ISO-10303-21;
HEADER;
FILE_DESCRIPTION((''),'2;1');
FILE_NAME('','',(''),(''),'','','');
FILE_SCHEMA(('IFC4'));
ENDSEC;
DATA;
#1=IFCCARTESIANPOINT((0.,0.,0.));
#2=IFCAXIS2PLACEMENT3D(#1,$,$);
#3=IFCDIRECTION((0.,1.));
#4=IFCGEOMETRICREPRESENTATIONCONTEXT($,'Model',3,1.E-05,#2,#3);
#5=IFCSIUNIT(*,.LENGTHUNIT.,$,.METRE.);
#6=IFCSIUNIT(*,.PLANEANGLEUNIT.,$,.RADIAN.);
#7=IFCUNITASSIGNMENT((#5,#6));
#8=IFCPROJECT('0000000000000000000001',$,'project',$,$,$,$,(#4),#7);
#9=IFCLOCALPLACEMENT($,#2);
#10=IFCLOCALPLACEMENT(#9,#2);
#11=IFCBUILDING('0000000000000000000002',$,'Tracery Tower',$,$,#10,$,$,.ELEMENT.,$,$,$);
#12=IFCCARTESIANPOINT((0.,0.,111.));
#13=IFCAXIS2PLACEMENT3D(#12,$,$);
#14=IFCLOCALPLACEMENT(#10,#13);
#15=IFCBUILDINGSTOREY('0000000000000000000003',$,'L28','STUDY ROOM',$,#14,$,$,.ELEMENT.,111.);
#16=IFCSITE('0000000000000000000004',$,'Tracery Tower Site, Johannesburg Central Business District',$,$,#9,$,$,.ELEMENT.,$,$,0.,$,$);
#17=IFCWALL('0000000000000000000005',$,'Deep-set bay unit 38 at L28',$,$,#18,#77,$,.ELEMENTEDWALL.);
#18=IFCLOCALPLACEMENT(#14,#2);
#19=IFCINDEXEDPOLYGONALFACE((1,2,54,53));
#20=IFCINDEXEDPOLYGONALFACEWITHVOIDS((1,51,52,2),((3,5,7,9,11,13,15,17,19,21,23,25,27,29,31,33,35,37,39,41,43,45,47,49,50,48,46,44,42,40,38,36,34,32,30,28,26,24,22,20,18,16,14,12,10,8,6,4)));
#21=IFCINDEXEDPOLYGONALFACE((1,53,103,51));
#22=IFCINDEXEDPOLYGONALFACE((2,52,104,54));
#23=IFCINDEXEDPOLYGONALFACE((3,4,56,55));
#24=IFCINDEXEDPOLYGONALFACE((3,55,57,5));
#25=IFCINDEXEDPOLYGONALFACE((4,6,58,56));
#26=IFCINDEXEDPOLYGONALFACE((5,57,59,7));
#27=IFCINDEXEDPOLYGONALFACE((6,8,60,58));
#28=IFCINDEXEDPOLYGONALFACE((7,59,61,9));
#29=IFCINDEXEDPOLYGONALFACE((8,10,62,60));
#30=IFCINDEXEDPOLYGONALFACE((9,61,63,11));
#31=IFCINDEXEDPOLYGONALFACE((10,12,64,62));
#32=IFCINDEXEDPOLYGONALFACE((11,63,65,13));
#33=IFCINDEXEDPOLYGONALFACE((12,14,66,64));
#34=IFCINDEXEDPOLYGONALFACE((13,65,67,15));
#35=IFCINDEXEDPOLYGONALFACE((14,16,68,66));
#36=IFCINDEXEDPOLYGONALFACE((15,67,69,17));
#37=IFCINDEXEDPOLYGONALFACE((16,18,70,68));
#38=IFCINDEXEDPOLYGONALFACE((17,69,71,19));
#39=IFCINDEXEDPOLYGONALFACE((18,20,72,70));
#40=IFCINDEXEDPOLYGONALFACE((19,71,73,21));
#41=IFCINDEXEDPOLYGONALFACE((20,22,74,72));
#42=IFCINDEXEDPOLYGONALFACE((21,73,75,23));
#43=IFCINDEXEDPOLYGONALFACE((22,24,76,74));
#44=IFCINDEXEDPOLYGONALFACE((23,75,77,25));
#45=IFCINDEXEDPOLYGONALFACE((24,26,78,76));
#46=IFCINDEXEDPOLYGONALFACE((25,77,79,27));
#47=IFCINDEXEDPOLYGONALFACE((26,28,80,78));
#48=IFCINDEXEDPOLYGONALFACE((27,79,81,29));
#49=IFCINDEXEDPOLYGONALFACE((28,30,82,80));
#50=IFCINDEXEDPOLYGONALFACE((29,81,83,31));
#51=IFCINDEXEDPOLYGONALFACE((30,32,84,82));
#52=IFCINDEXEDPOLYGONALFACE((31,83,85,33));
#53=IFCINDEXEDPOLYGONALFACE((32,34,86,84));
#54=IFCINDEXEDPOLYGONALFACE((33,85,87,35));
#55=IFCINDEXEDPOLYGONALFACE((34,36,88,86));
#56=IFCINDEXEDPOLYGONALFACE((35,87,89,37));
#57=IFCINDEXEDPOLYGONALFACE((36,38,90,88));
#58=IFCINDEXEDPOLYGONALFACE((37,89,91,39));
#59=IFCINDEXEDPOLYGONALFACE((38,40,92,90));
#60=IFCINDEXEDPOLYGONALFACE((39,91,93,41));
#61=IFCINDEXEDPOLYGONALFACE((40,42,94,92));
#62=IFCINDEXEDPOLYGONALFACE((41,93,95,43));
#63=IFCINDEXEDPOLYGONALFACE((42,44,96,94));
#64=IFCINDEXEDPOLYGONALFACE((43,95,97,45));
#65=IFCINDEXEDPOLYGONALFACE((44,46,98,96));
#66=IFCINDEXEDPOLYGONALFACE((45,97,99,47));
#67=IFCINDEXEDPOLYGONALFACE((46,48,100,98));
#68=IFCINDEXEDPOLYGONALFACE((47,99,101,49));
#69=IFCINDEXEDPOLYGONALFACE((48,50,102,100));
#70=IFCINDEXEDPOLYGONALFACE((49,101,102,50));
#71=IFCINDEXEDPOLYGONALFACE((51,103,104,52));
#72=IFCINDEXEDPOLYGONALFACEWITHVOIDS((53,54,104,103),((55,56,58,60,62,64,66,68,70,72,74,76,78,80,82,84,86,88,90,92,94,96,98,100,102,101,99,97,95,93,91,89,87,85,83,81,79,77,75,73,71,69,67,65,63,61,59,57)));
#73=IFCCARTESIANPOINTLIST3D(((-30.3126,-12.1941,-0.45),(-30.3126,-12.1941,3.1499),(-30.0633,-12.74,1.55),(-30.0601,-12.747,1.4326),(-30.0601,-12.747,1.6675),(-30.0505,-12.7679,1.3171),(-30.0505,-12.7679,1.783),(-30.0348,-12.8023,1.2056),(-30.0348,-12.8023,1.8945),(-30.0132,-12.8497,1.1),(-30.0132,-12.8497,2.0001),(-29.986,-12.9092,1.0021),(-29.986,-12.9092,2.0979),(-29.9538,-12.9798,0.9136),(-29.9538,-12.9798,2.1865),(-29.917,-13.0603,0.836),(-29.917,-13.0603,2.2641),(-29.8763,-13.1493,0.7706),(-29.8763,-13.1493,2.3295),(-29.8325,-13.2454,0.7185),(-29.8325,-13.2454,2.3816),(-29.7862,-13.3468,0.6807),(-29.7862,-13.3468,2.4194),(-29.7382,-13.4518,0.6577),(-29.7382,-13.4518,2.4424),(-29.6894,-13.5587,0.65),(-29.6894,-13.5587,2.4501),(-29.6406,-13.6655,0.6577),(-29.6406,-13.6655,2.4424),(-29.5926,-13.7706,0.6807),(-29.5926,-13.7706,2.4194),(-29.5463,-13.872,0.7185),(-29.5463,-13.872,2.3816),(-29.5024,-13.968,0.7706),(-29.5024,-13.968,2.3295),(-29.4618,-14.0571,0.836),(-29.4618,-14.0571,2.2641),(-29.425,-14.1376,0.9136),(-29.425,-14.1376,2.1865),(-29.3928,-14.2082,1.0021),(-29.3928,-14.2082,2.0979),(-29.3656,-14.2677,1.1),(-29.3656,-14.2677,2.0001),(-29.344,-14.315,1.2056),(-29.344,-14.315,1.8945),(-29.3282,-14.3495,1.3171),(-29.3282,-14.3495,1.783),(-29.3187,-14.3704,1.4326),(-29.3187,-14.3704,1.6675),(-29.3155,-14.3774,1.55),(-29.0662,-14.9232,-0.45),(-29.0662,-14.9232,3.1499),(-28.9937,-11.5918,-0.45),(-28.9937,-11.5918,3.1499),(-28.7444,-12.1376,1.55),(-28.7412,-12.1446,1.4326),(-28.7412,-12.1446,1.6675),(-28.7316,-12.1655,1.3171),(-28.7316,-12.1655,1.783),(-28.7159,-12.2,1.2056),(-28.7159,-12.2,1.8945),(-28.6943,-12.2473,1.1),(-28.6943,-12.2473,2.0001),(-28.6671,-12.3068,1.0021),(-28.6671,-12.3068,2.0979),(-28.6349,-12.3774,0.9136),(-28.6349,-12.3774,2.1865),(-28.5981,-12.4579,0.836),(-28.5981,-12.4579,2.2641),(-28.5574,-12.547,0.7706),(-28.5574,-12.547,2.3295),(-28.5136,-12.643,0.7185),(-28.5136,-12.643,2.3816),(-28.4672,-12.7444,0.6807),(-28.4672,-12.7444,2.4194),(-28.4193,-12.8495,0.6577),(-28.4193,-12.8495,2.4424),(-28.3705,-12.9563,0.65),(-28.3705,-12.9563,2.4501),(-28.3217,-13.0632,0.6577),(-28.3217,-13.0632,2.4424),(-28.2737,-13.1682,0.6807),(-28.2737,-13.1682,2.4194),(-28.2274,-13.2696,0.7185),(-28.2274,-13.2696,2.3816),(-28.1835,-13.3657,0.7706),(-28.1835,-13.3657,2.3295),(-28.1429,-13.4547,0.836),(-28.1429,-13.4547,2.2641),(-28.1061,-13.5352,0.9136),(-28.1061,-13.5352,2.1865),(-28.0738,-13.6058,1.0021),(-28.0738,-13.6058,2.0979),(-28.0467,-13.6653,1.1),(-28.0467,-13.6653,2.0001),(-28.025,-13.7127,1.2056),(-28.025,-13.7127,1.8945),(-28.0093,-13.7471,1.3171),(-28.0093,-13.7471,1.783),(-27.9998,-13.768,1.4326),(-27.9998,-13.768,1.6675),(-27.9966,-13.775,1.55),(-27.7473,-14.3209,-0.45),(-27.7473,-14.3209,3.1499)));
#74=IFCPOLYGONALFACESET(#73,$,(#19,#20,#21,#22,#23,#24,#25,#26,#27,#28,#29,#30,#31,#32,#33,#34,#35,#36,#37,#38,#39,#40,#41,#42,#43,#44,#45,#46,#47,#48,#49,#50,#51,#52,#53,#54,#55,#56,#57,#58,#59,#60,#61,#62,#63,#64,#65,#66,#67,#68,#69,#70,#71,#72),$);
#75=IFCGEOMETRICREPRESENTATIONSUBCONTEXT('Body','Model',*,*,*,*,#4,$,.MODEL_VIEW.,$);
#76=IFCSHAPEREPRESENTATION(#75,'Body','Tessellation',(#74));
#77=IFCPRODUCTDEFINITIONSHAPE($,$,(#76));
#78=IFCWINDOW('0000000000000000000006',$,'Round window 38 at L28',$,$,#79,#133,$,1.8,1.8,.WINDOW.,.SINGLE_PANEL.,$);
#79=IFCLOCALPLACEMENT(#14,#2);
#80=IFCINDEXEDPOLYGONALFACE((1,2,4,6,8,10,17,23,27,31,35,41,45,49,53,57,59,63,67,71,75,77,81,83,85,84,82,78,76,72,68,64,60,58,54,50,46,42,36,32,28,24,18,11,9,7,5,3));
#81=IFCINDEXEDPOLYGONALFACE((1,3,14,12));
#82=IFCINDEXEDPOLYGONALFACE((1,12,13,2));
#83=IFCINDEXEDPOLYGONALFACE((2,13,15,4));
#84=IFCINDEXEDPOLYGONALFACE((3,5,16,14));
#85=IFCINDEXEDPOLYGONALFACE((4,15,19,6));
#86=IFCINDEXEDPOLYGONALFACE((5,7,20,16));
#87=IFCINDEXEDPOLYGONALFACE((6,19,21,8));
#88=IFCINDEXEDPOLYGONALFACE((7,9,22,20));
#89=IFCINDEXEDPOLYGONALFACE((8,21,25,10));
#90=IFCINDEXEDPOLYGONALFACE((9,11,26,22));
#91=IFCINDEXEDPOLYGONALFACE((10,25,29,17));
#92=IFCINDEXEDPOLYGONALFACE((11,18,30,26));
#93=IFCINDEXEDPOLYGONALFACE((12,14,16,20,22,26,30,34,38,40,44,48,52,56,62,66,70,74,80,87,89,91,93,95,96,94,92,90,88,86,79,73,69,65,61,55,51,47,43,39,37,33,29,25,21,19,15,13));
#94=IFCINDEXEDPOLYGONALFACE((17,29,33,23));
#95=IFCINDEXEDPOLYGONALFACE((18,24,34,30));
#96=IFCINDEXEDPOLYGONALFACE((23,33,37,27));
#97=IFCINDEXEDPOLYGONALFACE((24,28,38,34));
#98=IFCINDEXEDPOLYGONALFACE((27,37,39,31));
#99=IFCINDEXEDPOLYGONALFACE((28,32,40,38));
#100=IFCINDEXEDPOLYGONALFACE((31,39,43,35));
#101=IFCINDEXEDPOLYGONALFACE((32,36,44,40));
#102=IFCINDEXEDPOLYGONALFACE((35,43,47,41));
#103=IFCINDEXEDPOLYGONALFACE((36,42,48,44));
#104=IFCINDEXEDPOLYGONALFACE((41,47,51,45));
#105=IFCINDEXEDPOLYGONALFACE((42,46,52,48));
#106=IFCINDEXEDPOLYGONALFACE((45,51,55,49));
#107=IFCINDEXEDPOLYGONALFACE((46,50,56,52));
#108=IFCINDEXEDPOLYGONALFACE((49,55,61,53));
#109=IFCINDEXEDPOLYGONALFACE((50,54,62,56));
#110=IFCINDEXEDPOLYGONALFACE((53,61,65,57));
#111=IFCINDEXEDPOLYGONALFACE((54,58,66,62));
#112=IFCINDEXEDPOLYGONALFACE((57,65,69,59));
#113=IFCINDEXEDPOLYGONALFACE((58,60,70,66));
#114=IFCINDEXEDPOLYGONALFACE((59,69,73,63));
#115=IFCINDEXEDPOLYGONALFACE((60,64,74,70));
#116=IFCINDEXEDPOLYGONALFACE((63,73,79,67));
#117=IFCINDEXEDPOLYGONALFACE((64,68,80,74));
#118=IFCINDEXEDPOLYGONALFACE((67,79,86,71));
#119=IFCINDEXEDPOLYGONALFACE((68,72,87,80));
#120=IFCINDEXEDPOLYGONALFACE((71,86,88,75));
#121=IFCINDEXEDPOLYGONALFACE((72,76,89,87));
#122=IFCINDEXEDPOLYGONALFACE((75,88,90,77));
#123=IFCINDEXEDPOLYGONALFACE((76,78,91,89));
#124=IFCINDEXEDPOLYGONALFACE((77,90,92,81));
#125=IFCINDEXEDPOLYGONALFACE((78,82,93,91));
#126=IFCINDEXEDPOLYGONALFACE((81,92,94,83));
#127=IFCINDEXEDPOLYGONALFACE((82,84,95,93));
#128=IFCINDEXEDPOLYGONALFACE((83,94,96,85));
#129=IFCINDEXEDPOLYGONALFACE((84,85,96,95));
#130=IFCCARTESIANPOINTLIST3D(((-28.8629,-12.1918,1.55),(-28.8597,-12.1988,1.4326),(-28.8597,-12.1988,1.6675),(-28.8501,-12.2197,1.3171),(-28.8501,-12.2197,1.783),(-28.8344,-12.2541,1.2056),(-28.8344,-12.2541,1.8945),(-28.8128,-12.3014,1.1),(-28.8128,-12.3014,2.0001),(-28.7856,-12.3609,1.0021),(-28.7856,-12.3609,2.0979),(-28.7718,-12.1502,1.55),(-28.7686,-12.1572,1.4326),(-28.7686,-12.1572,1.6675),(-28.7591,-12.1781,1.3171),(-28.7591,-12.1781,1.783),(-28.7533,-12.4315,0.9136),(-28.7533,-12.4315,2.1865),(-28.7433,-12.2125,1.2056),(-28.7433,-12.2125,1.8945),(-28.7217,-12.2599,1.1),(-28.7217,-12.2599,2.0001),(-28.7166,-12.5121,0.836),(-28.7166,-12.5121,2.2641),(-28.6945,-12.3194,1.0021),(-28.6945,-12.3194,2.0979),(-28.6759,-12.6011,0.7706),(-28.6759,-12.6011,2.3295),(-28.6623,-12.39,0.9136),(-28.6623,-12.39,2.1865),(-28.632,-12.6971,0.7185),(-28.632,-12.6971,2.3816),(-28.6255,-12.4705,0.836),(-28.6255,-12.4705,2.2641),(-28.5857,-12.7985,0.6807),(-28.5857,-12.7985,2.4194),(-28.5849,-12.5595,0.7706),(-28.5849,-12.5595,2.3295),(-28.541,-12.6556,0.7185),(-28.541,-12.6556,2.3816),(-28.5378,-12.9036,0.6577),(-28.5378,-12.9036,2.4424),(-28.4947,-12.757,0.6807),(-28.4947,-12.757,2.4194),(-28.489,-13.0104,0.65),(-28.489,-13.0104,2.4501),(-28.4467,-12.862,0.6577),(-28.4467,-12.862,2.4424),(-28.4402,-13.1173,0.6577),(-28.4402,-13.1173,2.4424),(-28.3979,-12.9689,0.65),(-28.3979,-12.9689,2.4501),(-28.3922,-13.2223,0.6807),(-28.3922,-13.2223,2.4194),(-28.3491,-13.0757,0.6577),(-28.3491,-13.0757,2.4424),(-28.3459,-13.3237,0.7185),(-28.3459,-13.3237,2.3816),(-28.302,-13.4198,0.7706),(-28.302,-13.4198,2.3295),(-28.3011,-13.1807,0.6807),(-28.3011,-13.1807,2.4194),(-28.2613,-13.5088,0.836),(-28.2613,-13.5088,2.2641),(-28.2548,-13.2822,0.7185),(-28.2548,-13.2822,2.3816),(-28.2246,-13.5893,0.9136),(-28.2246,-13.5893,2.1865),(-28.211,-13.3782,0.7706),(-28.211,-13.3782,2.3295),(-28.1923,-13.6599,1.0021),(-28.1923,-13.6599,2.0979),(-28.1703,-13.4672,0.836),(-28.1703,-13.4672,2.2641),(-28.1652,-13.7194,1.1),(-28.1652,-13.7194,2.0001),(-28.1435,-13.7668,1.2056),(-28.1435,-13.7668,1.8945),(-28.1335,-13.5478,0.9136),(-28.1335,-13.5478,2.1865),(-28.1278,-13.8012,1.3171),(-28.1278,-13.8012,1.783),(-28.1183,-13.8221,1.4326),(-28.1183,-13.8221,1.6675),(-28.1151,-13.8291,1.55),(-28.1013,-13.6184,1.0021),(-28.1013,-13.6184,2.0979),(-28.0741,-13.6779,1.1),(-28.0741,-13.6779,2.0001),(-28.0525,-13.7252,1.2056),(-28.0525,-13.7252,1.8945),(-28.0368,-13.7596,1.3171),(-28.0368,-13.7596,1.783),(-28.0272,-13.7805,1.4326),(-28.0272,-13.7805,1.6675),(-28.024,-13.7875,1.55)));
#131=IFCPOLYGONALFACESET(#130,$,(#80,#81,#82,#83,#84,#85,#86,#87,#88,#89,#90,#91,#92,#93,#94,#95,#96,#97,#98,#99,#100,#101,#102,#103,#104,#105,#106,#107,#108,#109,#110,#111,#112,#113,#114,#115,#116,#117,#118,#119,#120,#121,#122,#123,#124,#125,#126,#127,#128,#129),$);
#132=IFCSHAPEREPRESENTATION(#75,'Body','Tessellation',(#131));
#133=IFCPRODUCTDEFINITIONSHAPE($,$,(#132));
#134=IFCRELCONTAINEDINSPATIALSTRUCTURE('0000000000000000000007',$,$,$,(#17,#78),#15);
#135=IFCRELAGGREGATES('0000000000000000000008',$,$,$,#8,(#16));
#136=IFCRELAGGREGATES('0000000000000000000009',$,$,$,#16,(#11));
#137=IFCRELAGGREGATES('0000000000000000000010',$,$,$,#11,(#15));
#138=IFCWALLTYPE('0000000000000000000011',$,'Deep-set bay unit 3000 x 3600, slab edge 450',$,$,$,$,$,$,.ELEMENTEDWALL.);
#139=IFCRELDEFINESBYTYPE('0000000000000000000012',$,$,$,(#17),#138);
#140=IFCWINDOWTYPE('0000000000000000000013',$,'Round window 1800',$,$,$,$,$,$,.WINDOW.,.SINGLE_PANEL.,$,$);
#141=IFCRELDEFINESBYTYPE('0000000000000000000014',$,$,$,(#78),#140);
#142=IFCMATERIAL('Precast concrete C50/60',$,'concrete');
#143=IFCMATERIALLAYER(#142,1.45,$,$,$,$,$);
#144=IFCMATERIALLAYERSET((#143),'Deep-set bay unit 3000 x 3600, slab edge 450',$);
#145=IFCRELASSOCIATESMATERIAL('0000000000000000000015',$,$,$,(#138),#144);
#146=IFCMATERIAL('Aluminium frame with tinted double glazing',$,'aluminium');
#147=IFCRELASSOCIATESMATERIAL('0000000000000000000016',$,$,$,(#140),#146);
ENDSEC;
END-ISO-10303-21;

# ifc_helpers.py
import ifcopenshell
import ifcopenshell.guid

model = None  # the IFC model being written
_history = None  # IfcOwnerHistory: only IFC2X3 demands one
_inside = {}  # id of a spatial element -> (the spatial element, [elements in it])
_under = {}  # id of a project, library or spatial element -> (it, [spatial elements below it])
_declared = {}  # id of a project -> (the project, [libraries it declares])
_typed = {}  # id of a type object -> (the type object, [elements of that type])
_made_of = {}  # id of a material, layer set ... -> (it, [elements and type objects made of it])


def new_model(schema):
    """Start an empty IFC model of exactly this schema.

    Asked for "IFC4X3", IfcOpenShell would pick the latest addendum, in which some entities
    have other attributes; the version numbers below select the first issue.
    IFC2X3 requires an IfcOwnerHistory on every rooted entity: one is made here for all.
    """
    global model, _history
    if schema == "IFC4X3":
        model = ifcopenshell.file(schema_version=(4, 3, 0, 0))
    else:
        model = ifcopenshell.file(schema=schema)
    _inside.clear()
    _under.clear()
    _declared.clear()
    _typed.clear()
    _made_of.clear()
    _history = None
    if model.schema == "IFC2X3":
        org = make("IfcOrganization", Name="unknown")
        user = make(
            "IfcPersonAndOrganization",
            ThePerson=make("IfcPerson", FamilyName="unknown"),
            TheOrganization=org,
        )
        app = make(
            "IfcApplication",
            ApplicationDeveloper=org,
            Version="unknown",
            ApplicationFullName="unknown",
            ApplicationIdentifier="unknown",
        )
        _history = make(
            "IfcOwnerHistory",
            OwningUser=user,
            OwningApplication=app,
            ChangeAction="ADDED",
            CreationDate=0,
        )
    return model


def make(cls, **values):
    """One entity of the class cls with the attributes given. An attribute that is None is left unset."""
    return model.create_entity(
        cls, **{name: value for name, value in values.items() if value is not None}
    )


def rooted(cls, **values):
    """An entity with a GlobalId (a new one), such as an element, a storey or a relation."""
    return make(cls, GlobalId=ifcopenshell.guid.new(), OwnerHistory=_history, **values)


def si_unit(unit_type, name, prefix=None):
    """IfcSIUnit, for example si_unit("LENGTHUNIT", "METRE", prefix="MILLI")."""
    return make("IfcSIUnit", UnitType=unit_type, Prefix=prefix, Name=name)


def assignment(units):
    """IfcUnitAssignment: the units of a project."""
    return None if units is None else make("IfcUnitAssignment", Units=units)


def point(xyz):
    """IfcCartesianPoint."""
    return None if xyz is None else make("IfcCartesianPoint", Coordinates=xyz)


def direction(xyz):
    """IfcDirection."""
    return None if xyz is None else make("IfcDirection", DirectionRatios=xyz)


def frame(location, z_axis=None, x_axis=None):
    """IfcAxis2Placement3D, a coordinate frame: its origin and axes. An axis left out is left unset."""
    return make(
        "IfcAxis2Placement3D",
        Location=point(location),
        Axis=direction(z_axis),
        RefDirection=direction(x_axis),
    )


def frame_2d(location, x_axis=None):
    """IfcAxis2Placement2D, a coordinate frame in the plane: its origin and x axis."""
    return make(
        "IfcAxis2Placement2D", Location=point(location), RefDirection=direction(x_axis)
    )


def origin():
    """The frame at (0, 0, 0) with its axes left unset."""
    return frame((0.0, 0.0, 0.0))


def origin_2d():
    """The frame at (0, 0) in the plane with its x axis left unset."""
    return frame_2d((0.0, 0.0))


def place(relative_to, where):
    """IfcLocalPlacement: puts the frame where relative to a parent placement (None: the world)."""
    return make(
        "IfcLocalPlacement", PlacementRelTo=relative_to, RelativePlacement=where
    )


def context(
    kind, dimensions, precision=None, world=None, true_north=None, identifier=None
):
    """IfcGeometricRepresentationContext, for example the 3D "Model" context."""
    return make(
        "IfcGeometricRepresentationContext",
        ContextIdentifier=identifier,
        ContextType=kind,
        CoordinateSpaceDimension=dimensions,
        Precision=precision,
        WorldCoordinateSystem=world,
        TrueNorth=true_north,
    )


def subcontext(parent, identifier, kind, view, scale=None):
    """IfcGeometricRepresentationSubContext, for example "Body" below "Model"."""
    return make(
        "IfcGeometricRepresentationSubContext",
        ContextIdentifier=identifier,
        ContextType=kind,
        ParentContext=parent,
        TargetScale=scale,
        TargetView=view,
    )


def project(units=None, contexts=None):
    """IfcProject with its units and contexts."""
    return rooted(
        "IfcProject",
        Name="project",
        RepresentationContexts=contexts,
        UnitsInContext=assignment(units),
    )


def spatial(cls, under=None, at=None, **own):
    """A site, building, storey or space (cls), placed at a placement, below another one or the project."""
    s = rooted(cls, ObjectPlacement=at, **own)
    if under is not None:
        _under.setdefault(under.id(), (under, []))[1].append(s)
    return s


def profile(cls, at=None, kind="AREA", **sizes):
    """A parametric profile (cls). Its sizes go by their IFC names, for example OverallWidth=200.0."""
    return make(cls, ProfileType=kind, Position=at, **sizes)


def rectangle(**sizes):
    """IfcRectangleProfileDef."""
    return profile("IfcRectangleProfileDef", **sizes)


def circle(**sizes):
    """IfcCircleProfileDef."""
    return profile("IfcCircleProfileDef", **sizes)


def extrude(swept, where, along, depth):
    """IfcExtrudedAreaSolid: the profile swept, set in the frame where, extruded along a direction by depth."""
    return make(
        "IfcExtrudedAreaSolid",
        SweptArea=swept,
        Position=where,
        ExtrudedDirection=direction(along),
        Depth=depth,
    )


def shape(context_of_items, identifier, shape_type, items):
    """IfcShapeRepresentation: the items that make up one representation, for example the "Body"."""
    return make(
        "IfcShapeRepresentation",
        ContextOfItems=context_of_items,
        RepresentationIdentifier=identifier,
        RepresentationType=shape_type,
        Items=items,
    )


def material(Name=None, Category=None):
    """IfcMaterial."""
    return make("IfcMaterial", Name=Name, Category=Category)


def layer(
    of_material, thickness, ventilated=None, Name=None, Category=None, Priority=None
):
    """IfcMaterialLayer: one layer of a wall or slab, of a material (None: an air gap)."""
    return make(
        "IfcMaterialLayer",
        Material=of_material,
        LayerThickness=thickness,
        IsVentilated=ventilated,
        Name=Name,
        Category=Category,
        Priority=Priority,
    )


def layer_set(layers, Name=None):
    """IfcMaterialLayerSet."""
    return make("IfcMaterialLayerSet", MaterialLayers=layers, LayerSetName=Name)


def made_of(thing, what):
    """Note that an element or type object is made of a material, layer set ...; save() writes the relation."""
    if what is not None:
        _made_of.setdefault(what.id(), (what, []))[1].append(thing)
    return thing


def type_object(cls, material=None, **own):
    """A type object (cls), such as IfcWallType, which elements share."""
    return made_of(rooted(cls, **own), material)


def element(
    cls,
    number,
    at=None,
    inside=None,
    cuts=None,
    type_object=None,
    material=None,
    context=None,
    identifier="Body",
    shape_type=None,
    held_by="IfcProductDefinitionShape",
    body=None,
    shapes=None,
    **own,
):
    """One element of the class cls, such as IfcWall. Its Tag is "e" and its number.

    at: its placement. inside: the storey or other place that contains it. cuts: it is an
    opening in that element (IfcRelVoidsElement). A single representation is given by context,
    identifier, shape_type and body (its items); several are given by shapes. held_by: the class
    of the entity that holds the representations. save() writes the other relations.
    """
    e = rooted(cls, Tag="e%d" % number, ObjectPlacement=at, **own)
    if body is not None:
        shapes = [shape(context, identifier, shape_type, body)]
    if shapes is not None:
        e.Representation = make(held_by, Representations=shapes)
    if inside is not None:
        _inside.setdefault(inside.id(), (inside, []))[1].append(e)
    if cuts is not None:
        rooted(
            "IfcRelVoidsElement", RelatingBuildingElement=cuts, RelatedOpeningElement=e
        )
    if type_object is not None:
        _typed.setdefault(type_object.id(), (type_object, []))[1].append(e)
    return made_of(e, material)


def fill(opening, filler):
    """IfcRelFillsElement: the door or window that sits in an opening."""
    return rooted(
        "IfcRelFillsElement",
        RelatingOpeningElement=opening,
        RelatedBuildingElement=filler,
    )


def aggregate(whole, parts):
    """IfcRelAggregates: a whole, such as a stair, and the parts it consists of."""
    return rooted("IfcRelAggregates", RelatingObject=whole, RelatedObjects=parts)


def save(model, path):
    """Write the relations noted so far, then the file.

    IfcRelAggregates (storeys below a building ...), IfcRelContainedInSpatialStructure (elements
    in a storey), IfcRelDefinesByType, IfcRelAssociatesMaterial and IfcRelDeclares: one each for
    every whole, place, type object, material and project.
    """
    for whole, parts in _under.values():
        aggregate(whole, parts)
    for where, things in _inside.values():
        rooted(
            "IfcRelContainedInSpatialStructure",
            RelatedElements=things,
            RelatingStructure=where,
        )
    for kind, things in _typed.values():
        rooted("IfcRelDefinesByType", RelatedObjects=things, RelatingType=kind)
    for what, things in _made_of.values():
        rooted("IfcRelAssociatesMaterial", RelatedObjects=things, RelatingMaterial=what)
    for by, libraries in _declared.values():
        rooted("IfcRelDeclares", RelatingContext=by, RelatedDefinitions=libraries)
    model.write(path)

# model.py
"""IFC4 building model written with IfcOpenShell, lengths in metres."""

from ifc_helpers import new_model, si_unit, direction, frame, frame_2d, origin, origin_2d, place, context, subcontext, project, spatial, rectangle, circle, extrude, material, layer, layer_set, type_object, element, fill, save


model = new_model("IFC4")

# Units and contexts
model_context = context("Model", 3, precision=1e-05, world=origin(), true_north=direction((0.0, 1.0)))
body_context = subcontext(model_context, "Body", "Model", "MODEL_VIEW")
ifc_project = project(units=[si_unit("LENGTHUNIT", "METRE"), si_unit("PLANEANGLEUNIT", "RADIAN")], contexts=[model_context])

# Site, building, storey
site_placement = place(None, origin())
site = spatial("IfcSite", under=ifc_project, at=site_placement, Name="Tracery Tower Site, Johannesburg Central Business District", CompositionType="ELEMENT", RefElevation=0.0)
building_placement = place(site_placement, origin())
building = spatial("IfcBuilding", under=site, at=building_placement, Name="Tracery Tower", CompositionType="ELEMENT")
storey_placement = place(building_placement, frame((0.0, 0.0, 111.0)))
storey = spatial("IfcBuildingStorey", under=building, at=storey_placement, Name="L28", Description="STUDY ROOM", CompositionType="ELEMENT", Elevation=111.0)

# Wall, opening, window
ifc_material_1 = material(Name="Precast concrete C50/60", Category="concrete")
ifc_layer_1 = layer(ifc_material_1, 1.45)
ifc_layer_set_1 = layer_set([ifc_layer_1], Name="Deep-set bay unit 3000 x 3600, slab edge 450")
wall_type_1 = type_object("IfcWallType", Name="Deep-set bay unit 3000 x 3600, slab edge 450", PredefinedType="ELEMENTEDWALL", material=ifc_layer_set_1)
wall_1_placement = place(storey_placement, frame((-29.6531, -11.8931, -0.45), z_axis=(0.0, 0.0, 1.0), x_axis=(0.415427, -0.909627, 0.0)))
wall_1 = element("IfcWall", 1, at=wall_1_placement, inside=storey, type_object=wall_type_1, Name="Deep-set bay unit 38 at L28", PredefinedType="ELEMENTEDWALL", context=body_context, shape_type="SweptSolid", body=[
    extrude(rectangle(XDim=3.0002, YDim=1.45, at=frame_2d((1.5, 0.0))), origin(), (0.0, 0.0, 1.0), 3.5999),
])
opening_1_placement = place(wall_1_placement, frame((1.5, 0.0, 2.0)))
opening_1 = element("IfcOpeningElement", 2, at=opening_1_placement, cuts=wall_1, PredefinedType="OPENING", context=body_context, shape_type="SweptSolid", body=[
    extrude(circle(Radius=0.9, at=origin_2d()), frame((0.0, 0.7349, 0.0), z_axis=(0.0, -1.0, 0.0), x_axis=(1.0, 0.0, 0.0)), (0.0, 0.0, 1.0), 1.47),
])
ifc_material_2 = material(Name="Aluminium frame with tinted double glazing", Category="aluminium")
window_type = type_object("IfcWindowType", Name="Round window 1800", PartitioningType="SINGLE_PANEL", PredefinedType="WINDOW", material=ifc_material_2)
window_1_placement = place(opening_1_placement, origin())
window_1 = element("IfcWindow", 3, at=window_1_placement, inside=storey, type_object=window_type, Name="Round window 38 at L28", OverallHeight=1.8, OverallWidth=1.8, PartitioningType="SINGLE_PANEL", PredefinedType="WINDOW", context=body_context, shape_type="SweptSolid", body=[
    extrude(circle(Radius=0.9, at=origin_2d()), frame((0.0, 0.6948, 0.0), z_axis=(0.0, -1.0, 0.0), x_axis=(1.0, 0.0, 0.0)), (0.0, 0.0, 1.0), 0.1001),
])
fill(opening_1, window_1)

save(model, "model.ifc")
